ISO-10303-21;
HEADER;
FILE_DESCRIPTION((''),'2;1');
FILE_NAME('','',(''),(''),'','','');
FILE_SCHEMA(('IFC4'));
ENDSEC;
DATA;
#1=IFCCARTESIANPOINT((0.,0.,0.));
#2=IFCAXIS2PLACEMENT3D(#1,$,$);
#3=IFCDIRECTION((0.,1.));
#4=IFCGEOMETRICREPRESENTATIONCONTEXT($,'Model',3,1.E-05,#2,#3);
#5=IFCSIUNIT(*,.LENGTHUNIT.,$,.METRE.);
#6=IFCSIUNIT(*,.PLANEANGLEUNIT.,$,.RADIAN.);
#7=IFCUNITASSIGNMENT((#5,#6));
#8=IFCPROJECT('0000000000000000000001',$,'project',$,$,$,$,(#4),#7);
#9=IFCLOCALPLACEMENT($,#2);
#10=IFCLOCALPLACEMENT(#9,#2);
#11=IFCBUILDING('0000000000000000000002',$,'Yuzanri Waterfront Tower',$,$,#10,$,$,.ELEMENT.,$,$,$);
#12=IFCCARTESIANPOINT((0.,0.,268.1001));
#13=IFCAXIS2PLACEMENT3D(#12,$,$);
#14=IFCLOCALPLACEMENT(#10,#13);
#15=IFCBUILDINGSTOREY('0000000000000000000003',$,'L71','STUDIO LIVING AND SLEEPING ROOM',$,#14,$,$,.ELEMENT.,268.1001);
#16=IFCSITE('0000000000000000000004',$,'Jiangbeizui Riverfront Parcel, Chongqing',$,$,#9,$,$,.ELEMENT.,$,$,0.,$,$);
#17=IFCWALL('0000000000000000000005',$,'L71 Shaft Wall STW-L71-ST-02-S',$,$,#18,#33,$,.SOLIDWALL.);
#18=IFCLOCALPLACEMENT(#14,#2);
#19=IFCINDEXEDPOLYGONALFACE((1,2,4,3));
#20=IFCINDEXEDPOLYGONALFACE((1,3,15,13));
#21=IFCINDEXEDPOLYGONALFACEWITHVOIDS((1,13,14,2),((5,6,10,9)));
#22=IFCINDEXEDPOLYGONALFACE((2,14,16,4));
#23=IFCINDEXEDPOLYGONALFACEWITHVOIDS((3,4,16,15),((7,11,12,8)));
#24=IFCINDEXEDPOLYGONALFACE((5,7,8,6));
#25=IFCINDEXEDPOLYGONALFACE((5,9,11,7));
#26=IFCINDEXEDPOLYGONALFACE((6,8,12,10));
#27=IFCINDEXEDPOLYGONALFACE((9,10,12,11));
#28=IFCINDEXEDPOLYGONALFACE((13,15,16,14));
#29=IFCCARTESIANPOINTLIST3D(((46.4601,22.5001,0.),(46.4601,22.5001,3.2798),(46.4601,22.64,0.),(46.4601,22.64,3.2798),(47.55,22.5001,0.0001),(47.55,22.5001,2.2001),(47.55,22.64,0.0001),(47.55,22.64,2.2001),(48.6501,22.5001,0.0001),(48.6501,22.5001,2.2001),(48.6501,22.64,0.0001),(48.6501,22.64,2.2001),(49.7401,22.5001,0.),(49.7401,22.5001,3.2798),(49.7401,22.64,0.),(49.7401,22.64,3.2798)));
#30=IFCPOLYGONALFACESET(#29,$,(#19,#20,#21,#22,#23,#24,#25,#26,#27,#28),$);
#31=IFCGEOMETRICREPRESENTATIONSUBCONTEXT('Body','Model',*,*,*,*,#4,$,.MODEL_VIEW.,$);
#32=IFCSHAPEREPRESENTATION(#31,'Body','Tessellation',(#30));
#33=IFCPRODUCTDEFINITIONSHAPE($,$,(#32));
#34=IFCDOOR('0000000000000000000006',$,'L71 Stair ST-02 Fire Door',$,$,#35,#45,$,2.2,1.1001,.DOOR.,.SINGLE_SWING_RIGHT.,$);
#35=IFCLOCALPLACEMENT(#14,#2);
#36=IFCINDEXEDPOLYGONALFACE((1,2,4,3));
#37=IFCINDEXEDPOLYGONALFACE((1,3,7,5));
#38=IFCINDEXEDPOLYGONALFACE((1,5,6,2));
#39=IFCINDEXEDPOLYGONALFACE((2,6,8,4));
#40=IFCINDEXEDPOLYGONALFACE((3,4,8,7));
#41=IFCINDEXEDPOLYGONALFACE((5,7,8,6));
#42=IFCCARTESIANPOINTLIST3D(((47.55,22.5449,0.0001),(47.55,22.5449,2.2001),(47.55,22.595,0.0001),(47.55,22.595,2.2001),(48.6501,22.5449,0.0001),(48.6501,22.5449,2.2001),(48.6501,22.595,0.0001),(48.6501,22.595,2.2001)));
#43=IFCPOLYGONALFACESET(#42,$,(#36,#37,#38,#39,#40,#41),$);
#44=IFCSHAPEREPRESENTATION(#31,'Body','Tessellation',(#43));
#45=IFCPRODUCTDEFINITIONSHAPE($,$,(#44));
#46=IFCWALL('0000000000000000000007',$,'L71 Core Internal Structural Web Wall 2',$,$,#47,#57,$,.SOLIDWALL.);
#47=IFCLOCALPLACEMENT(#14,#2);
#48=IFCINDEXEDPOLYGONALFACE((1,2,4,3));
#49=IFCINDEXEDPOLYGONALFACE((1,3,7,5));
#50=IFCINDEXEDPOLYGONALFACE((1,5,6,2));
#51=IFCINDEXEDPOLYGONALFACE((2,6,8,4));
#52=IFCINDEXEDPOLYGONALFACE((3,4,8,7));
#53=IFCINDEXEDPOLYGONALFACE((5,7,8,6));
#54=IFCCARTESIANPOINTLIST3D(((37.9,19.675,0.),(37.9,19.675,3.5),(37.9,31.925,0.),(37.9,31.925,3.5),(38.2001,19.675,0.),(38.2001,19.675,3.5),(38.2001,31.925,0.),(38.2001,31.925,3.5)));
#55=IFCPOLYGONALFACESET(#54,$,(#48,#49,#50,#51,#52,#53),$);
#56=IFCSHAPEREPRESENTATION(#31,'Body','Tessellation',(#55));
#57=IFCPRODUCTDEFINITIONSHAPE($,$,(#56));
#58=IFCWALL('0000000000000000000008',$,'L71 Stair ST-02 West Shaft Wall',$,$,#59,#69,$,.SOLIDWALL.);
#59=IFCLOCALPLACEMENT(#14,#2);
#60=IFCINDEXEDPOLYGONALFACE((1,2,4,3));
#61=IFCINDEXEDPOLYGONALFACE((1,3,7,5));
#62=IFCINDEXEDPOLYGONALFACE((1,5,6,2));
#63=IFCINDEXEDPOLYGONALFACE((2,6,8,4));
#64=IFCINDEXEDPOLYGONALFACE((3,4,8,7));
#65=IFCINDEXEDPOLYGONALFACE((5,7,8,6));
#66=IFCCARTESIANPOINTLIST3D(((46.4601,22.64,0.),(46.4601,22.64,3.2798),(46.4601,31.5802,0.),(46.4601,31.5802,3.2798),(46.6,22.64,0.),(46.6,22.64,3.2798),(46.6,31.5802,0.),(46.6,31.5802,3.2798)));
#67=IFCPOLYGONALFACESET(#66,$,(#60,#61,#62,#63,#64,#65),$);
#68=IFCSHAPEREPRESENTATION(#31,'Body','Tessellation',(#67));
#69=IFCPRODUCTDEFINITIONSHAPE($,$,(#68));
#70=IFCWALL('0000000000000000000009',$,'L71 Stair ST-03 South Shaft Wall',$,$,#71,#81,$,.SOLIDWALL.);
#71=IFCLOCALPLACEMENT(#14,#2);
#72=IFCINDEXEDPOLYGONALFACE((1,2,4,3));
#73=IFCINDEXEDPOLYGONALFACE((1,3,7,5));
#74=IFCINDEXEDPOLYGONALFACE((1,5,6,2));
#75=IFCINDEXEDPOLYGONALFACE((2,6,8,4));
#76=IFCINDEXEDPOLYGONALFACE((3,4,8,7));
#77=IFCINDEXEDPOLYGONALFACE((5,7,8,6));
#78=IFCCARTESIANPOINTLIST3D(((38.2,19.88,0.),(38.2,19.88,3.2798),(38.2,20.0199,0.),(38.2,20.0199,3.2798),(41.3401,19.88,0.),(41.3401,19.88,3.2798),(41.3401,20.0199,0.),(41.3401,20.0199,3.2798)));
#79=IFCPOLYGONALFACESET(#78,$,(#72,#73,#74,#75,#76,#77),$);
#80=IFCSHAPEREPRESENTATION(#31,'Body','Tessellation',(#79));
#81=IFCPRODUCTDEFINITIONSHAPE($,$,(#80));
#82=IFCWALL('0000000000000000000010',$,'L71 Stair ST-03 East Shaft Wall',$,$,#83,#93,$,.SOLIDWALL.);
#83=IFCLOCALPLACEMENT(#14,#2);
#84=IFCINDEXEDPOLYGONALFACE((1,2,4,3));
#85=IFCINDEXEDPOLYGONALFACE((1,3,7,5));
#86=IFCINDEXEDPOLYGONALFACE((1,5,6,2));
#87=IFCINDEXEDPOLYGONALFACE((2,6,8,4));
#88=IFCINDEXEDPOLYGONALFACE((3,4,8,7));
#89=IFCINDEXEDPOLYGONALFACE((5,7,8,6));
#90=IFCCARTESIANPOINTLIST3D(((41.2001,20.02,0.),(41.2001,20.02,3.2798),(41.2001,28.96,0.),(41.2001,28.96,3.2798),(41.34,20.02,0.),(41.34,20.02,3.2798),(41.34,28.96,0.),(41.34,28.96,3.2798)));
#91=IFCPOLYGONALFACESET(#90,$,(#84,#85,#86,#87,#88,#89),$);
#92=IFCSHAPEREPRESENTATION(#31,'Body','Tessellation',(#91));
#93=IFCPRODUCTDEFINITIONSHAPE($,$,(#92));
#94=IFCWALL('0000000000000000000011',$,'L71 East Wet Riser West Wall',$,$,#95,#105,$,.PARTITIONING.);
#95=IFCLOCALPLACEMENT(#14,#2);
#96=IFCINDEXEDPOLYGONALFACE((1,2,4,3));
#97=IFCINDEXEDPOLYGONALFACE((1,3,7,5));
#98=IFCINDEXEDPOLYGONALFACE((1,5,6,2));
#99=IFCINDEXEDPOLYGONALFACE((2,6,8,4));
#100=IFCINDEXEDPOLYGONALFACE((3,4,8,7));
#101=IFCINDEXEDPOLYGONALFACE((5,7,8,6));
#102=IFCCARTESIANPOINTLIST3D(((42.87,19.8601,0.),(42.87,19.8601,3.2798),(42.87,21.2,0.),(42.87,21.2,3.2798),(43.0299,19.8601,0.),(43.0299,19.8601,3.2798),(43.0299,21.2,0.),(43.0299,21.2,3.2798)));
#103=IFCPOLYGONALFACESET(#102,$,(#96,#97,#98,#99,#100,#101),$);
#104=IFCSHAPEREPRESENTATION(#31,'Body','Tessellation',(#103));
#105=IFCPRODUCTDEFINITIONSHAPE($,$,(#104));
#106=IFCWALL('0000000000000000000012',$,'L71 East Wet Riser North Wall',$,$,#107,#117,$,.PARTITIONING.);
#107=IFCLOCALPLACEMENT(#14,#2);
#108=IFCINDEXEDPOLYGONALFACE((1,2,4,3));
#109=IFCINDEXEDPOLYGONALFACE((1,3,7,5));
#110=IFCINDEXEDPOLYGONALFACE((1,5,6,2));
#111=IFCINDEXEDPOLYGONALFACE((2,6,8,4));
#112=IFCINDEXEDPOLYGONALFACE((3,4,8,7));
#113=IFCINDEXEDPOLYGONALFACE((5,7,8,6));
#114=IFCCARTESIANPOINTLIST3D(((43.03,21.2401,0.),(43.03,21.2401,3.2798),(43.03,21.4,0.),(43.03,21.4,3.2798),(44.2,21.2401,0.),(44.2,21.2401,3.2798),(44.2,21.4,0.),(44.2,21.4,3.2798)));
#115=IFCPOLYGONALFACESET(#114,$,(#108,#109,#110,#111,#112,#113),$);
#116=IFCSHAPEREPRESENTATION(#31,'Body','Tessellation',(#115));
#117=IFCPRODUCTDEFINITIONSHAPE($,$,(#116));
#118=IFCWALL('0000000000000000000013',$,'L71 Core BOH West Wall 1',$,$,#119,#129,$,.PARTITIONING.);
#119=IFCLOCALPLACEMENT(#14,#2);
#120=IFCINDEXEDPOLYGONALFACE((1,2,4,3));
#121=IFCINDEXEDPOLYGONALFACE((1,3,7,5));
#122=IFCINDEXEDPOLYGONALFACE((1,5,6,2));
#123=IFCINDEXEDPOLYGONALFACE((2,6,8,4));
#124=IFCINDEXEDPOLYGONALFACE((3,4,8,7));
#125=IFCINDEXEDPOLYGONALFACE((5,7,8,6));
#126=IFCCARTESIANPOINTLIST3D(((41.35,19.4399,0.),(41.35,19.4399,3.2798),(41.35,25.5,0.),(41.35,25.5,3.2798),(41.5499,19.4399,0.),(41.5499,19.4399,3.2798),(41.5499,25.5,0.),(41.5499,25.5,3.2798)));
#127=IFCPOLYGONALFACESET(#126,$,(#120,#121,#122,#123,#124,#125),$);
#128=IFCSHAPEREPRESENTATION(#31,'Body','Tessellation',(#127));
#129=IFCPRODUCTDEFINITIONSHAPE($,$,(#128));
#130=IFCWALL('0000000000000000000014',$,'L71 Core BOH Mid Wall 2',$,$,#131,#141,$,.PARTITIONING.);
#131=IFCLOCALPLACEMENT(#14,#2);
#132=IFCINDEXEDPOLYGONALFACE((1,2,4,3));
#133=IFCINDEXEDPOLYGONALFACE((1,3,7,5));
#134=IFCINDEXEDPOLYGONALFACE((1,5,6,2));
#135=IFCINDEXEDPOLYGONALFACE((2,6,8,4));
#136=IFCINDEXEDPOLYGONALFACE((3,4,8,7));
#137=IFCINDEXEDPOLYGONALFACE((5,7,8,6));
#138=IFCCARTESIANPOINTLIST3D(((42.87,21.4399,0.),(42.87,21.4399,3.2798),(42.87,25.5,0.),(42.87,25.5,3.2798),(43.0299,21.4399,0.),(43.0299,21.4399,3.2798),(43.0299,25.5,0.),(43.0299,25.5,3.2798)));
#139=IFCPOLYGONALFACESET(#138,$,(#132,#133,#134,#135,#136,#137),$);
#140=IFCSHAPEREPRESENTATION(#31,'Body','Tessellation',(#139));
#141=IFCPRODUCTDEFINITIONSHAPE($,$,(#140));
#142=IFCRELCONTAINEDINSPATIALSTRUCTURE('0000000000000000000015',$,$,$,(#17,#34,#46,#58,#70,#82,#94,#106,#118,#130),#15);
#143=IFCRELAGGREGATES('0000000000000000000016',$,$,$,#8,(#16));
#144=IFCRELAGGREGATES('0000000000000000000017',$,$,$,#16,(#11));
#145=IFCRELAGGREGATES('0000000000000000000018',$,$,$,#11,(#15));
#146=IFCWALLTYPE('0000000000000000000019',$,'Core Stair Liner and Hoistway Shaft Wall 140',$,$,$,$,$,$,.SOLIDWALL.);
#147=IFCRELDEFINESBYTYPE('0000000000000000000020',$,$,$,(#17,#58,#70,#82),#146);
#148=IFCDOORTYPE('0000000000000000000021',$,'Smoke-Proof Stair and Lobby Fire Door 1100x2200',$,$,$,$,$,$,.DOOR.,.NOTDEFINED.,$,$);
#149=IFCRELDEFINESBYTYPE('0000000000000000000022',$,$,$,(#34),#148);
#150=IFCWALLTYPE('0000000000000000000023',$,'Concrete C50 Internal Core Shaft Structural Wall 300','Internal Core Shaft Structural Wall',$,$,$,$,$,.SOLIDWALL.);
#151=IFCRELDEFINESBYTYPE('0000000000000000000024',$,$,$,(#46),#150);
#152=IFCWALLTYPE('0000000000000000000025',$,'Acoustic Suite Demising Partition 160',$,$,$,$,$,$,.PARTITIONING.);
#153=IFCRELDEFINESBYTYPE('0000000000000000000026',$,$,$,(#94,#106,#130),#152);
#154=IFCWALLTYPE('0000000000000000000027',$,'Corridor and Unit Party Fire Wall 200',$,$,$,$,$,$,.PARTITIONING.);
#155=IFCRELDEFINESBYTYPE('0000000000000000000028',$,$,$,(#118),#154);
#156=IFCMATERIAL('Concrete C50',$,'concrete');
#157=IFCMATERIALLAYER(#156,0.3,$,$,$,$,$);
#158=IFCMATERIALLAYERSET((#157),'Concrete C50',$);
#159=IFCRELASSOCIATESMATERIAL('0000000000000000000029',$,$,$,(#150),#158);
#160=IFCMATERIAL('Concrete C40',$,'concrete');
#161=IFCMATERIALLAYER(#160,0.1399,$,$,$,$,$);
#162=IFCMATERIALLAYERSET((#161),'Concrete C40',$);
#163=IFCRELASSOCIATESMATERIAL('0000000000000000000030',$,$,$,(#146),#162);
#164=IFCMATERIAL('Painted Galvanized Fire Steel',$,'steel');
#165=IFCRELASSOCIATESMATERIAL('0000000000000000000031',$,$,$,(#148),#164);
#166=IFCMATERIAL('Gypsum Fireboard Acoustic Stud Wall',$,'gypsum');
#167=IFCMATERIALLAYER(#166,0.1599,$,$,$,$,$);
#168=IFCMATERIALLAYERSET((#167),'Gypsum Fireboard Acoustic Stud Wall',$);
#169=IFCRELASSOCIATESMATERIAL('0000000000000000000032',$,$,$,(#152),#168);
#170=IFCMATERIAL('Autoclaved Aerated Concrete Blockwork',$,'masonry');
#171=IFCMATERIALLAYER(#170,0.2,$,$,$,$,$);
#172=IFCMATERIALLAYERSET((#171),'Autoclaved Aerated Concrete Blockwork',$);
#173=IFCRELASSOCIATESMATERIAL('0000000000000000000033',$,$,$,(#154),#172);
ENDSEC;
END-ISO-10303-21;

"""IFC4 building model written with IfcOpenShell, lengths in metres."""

from ifc_helpers import new_model, si_unit, direction, frame, frame_2d, origin, place, context, subcontext, project, spatial, rectangle, extrude, source, transform, mapped, material, layer, layer_set, type_object, element, fill, save


model = new_model("IFC4")

# Units and contexts
model_context = context("Model", 3, precision=1e-05, world=origin(), true_north=direction((0.0, 1.0)))
body_context = subcontext(model_context, "Body", "Model", "MODEL_VIEW")
ifc_project = project(units=[si_unit("LENGTHUNIT", "METRE"), si_unit("PLANEANGLEUNIT", "RADIAN")], contexts=[model_context])

# Site, building, storey
site_placement = place(None, origin())
site = spatial("IfcSite", under=ifc_project, at=site_placement, Name="Jiangbeizui Riverfront Parcel, Chongqing", CompositionType="ELEMENT", RefElevation=0.0)
building_placement = place(site_placement, origin())
building = spatial("IfcBuilding", under=site, at=building_placement, Name="Yuzanri Waterfront Tower", CompositionType="ELEMENT")
storey_placement = place(building_placement, frame((0.0, 0.0, 268.1001)))
storey = spatial("IfcBuildingStorey", under=building, at=storey_placement, Name="L71", Description="STUDIO LIVING AND SLEEPING ROOM", CompositionType="ELEMENT", Elevation=268.1001)

# Shared definitions
ifc_material_1 = material(Name="Concrete C50", Category="concrete")
ifc_layer_1 = layer(ifc_material_1, 0.3)
ifc_layer_set_1 = layer_set([ifc_layer_1], Name="Concrete C50")
wall_type_1 = type_object("IfcWallType", Name="Concrete C50 Internal Core Shaft Structural Wall 300", Description="Internal Core Shaft Structural Wall", PredefinedType="SOLIDWALL", material=ifc_layer_set_1)

# Wall, opening, door
ifc_material_2 = material(Name="Concrete C40", Category="concrete")
ifc_layer_2 = layer(ifc_material_2, 0.1399)
ifc_layer_set_2 = layer_set([ifc_layer_2], Name="Concrete C40")
wall_type_2 = type_object("IfcWallType", Name="Core Stair Liner and Hoistway Shaft Wall 140", PredefinedType="SOLIDWALL", material=ifc_layer_set_2)
wall_1_placement = place(storey_placement, frame((46.46, 22.5701, 0.0), z_axis=(0.0, 0.0, 1.0), x_axis=(1.0, 0.0, 0.0)))
wall_1 = element("IfcWall", 1, at=wall_1_placement, inside=storey, type_object=wall_type_2, Name="L71 Shaft Wall STW-L71-ST-02-S", PredefinedType="SOLIDWALL", context=body_context, shape_type="SweptSolid", body=[
    extrude(rectangle(XDim=3.28, YDim=0.1399, at=frame_2d((1.6401, 0.0))), origin(), (0.0, 0.0, 1.0), 3.2798),
])
opening_1_placement = place(wall_1_placement, frame((1.0901, 0.0, 0.0)))
opening_1 = element("IfcOpeningElement", 2, at=opening_1_placement, cuts=wall_1, PredefinedType="OPENING", context=body_context, shape_type="SweptSolid", body=[
    extrude(rectangle(XDim=1.1001, YDim=2.2, at=frame_2d((0.55, 1.1001))), frame((0.0, 0.085, 0.0), z_axis=(0.0, -1.0, 0.0), x_axis=(1.0, 0.0, 0.0)), (0.0, 0.0, 1.0), 0.1697),
])
ifc_material_3 = material(Name="Painted Galvanized Fire Steel", Category="steel")
door_type_1 = type_object("IfcDoorType", Name="Smoke-Proof Stair and Lobby Fire Door 1100x2200", OperationType="NOTDEFINED", PredefinedType="DOOR", material=ifc_material_3)
shared_shape_1 = source(origin(), body_context, "Body", "SweptSolid", [
    extrude(rectangle(XDim=1.1001, YDim=2.2, at=frame_2d((0.55, 1.1001))), frame((0.0, 0.0249, 0.0), z_axis=(0.0, -1.0, 0.0), x_axis=(1.0, 0.0, 0.0)), (0.0, 0.0, 1.0), 0.05),
])
door_1_placement = place(opening_1_placement, origin())
door_1 = element("IfcDoor", 3, at=door_1_placement, inside=storey, type_object=door_type_1, Name="L71 Stair ST-02 Fire Door", OperationType="SINGLE_SWING_RIGHT", OverallHeight=2.2, OverallWidth=1.1001, PredefinedType="DOOR", context=body_context, shape_type="MappedRepresentation", body=[
    mapped(shared_shape_1, transform((0.0, 0.0, 0.0), scale=1.0)),
])
fill(opening_1, door_1)

# Walls
shared_shape_2 = source(origin(), body_context, "Body", "SweptSolid", [
    extrude(rectangle(XDim=12.25, YDim=0.3, at=frame_2d((6.125, 0.0))), origin(), (0.0, 0.0, 1.0), 3.5),
])
wall_2_placement = place(storey_placement, frame((38.05, 19.675, 0.0), z_axis=(0.0, 0.0, 1.0), x_axis=(0.0, 1.0, 0.0)))
element("IfcWall", 4, at=wall_2_placement, inside=storey, type_object=wall_type_1, Name="L71 Core Internal Structural Web Wall 2", PredefinedType="SOLIDWALL", context=body_context, shape_type="MappedRepresentation", body=[
    mapped(shared_shape_2, transform((0.0, 0.0, 0.0), scale=1.0)),
])
shared_shape_3 = source(origin(), body_context, "Body", "SweptSolid", [
    extrude(rectangle(XDim=8.9402, YDim=0.1399, at=frame_2d((4.4702, 0.0))), origin(), (0.0, 0.0, 1.0), 3.2798),
])
wall_3_placement = place(storey_placement, frame((46.53, 22.6399, 0.0), z_axis=(0.0, 0.0, 1.0), x_axis=(0.0, 1.0, 0.0)))
element("IfcWall", 5, at=wall_3_placement, inside=storey, type_object=wall_type_2, Name="L71 Stair ST-02 West Shaft Wall", PredefinedType="SOLIDWALL", context=body_context, shape_type="MappedRepresentation", body=[
    mapped(shared_shape_3, transform((0.0, 0.0, 0.0), scale=1.0)),
])
shared_shape_4 = source(origin(), body_context, "Body", "SweptSolid", [
    extrude(rectangle(XDim=3.1401, YDim=0.1399, at=frame_2d((1.5701, 0.0))), origin(), (0.0, 0.0, 1.0), 3.2798),
])
wall_4_placement = place(storey_placement, frame((38.2, 19.95, 0.0), z_axis=(0.0, 0.0, 1.0), x_axis=(1.0, 0.0, 0.0)))
element("IfcWall", 6, at=wall_4_placement, inside=storey, type_object=wall_type_2, Name="L71 Stair ST-03 South Shaft Wall", PredefinedType="SOLIDWALL", context=body_context, shape_type="MappedRepresentation", body=[
    mapped(shared_shape_4, transform((0.0, 0.0, 0.0), scale=1.0)),
])
shared_shape_5 = source(origin(), body_context, "Body", "SweptSolid", [
    extrude(rectangle(XDim=8.9399, YDim=0.1399, at=frame_2d((4.47, 0.0))), origin(), (0.0, 0.0, 1.0), 3.2798),
])
wall_5_placement = place(storey_placement, frame((41.27, 20.02, 0.0), z_axis=(0.0, 0.0, 1.0), x_axis=(0.0, 1.0, 0.0)))
element("IfcWall", 7, at=wall_5_placement, inside=storey, type_object=wall_type_2, Name="L71 Stair ST-03 East Shaft Wall", PredefinedType="SOLIDWALL", context=body_context, shape_type="MappedRepresentation", body=[
    mapped(shared_shape_5, transform((0.0, 0.0, 0.0), scale=1.0)),
])
ifc_material_4 = material(Name="Gypsum Fireboard Acoustic Stud Wall", Category="gypsum")
ifc_layer_3 = layer(ifc_material_4, 0.1599)
ifc_layer_set_3 = layer_set([ifc_layer_3], Name="Gypsum Fireboard Acoustic Stud Wall")
wall_type_3 = type_object("IfcWallType", Name="Acoustic Suite Demising Partition 160", PredefinedType="PARTITIONING", material=ifc_layer_set_3)
shared_shape_6 = source(origin(), body_context, "Body", "SweptSolid", [
    extrude(rectangle(XDim=1.3398, YDim=0.1599, at=frame_2d((0.6699, 0.0))), origin(), (0.0, 0.0, 1.0), 3.2798),
])
wall_6_placement = place(storey_placement, frame((42.95, 19.8601, 0.0), z_axis=(0.0, 0.0, 1.0), x_axis=(0.0, 1.0, 0.0)))
element("IfcWall", 8, at=wall_6_placement, inside=storey, type_object=wall_type_3, Name="L71 East Wet Riser West Wall", PredefinedType="PARTITIONING", context=body_context, shape_type="MappedRepresentation", body=[
    mapped(shared_shape_6, transform((0.0, 0.0, 0.0), scale=1.0)),
])
shared_shape_7 = source(origin(), body_context, "Body", "SweptSolid", [
    extrude(rectangle(XDim=1.1699, YDim=0.1599, at=frame_2d((0.585, 0.0))), origin(), (0.0, 0.0, 1.0), 3.2798),
])
wall_7_placement = place(storey_placement, frame((43.03, 21.3201, 0.0), z_axis=(0.0, 0.0, 1.0), x_axis=(1.0, 0.0, 0.0)))
element("IfcWall", 9, at=wall_7_placement, inside=storey, type_object=wall_type_3, Name="L71 East Wet Riser North Wall", PredefinedType="PARTITIONING", context=body_context, shape_type="MappedRepresentation", body=[
    mapped(shared_shape_7, transform((0.0, 0.0, 0.0), scale=1.0)),
])
ifc_material_5 = material(Name="Autoclaved Aerated Concrete Blockwork", Category="masonry")
ifc_layer_4 = layer(ifc_material_5, 0.2)
ifc_layer_set_4 = layer_set([ifc_layer_4], Name="Autoclaved Aerated Concrete Blockwork")
wall_type_4 = type_object("IfcWallType", Name="Corridor and Unit Party Fire Wall 200", PredefinedType="PARTITIONING", material=ifc_layer_set_4)
shared_shape_8 = source(origin(), body_context, "Body", "SweptSolid", [
    extrude(rectangle(XDim=6.0601, YDim=0.2, at=frame_2d((3.03, 0.0))), origin(), (0.0, 0.0, 1.0), 3.2798),
])
wall_8_placement = place(storey_placement, frame((41.45, 19.4399, 0.0), z_axis=(0.0, 0.0, 1.0), x_axis=(0.0, 1.0, 0.0)))
element("IfcWall", 10, at=wall_8_placement, inside=storey, type_object=wall_type_4, Name="L71 Core BOH West Wall 1", PredefinedType="PARTITIONING", context=body_context, shape_type="MappedRepresentation", body=[
    mapped(shared_shape_8, transform((0.0, 0.0, 0.0), scale=1.0)),
])
shared_shape_9 = source(origin(), body_context, "Body", "SweptSolid", [
    extrude(rectangle(XDim=4.0601, YDim=0.1599, at=frame_2d((2.03, 0.0))), origin(), (0.0, 0.0, 1.0), 3.2798),
])
wall_9_placement = place(storey_placement, frame((42.95, 21.4399, 0.0), z_axis=(0.0, 0.0, 1.0), x_axis=(0.0, 1.0, 0.0)))
element("IfcWall", 11, at=wall_9_placement, inside=storey, type_object=wall_type_3, Name="L71 Core BOH Mid Wall 2", PredefinedType="PARTITIONING", context=body_context, shape_type="MappedRepresentation", body=[
    mapped(shared_shape_9, transform((0.0, 0.0, 0.0), scale=1.0)),
])

save(model, "model.ifc")
